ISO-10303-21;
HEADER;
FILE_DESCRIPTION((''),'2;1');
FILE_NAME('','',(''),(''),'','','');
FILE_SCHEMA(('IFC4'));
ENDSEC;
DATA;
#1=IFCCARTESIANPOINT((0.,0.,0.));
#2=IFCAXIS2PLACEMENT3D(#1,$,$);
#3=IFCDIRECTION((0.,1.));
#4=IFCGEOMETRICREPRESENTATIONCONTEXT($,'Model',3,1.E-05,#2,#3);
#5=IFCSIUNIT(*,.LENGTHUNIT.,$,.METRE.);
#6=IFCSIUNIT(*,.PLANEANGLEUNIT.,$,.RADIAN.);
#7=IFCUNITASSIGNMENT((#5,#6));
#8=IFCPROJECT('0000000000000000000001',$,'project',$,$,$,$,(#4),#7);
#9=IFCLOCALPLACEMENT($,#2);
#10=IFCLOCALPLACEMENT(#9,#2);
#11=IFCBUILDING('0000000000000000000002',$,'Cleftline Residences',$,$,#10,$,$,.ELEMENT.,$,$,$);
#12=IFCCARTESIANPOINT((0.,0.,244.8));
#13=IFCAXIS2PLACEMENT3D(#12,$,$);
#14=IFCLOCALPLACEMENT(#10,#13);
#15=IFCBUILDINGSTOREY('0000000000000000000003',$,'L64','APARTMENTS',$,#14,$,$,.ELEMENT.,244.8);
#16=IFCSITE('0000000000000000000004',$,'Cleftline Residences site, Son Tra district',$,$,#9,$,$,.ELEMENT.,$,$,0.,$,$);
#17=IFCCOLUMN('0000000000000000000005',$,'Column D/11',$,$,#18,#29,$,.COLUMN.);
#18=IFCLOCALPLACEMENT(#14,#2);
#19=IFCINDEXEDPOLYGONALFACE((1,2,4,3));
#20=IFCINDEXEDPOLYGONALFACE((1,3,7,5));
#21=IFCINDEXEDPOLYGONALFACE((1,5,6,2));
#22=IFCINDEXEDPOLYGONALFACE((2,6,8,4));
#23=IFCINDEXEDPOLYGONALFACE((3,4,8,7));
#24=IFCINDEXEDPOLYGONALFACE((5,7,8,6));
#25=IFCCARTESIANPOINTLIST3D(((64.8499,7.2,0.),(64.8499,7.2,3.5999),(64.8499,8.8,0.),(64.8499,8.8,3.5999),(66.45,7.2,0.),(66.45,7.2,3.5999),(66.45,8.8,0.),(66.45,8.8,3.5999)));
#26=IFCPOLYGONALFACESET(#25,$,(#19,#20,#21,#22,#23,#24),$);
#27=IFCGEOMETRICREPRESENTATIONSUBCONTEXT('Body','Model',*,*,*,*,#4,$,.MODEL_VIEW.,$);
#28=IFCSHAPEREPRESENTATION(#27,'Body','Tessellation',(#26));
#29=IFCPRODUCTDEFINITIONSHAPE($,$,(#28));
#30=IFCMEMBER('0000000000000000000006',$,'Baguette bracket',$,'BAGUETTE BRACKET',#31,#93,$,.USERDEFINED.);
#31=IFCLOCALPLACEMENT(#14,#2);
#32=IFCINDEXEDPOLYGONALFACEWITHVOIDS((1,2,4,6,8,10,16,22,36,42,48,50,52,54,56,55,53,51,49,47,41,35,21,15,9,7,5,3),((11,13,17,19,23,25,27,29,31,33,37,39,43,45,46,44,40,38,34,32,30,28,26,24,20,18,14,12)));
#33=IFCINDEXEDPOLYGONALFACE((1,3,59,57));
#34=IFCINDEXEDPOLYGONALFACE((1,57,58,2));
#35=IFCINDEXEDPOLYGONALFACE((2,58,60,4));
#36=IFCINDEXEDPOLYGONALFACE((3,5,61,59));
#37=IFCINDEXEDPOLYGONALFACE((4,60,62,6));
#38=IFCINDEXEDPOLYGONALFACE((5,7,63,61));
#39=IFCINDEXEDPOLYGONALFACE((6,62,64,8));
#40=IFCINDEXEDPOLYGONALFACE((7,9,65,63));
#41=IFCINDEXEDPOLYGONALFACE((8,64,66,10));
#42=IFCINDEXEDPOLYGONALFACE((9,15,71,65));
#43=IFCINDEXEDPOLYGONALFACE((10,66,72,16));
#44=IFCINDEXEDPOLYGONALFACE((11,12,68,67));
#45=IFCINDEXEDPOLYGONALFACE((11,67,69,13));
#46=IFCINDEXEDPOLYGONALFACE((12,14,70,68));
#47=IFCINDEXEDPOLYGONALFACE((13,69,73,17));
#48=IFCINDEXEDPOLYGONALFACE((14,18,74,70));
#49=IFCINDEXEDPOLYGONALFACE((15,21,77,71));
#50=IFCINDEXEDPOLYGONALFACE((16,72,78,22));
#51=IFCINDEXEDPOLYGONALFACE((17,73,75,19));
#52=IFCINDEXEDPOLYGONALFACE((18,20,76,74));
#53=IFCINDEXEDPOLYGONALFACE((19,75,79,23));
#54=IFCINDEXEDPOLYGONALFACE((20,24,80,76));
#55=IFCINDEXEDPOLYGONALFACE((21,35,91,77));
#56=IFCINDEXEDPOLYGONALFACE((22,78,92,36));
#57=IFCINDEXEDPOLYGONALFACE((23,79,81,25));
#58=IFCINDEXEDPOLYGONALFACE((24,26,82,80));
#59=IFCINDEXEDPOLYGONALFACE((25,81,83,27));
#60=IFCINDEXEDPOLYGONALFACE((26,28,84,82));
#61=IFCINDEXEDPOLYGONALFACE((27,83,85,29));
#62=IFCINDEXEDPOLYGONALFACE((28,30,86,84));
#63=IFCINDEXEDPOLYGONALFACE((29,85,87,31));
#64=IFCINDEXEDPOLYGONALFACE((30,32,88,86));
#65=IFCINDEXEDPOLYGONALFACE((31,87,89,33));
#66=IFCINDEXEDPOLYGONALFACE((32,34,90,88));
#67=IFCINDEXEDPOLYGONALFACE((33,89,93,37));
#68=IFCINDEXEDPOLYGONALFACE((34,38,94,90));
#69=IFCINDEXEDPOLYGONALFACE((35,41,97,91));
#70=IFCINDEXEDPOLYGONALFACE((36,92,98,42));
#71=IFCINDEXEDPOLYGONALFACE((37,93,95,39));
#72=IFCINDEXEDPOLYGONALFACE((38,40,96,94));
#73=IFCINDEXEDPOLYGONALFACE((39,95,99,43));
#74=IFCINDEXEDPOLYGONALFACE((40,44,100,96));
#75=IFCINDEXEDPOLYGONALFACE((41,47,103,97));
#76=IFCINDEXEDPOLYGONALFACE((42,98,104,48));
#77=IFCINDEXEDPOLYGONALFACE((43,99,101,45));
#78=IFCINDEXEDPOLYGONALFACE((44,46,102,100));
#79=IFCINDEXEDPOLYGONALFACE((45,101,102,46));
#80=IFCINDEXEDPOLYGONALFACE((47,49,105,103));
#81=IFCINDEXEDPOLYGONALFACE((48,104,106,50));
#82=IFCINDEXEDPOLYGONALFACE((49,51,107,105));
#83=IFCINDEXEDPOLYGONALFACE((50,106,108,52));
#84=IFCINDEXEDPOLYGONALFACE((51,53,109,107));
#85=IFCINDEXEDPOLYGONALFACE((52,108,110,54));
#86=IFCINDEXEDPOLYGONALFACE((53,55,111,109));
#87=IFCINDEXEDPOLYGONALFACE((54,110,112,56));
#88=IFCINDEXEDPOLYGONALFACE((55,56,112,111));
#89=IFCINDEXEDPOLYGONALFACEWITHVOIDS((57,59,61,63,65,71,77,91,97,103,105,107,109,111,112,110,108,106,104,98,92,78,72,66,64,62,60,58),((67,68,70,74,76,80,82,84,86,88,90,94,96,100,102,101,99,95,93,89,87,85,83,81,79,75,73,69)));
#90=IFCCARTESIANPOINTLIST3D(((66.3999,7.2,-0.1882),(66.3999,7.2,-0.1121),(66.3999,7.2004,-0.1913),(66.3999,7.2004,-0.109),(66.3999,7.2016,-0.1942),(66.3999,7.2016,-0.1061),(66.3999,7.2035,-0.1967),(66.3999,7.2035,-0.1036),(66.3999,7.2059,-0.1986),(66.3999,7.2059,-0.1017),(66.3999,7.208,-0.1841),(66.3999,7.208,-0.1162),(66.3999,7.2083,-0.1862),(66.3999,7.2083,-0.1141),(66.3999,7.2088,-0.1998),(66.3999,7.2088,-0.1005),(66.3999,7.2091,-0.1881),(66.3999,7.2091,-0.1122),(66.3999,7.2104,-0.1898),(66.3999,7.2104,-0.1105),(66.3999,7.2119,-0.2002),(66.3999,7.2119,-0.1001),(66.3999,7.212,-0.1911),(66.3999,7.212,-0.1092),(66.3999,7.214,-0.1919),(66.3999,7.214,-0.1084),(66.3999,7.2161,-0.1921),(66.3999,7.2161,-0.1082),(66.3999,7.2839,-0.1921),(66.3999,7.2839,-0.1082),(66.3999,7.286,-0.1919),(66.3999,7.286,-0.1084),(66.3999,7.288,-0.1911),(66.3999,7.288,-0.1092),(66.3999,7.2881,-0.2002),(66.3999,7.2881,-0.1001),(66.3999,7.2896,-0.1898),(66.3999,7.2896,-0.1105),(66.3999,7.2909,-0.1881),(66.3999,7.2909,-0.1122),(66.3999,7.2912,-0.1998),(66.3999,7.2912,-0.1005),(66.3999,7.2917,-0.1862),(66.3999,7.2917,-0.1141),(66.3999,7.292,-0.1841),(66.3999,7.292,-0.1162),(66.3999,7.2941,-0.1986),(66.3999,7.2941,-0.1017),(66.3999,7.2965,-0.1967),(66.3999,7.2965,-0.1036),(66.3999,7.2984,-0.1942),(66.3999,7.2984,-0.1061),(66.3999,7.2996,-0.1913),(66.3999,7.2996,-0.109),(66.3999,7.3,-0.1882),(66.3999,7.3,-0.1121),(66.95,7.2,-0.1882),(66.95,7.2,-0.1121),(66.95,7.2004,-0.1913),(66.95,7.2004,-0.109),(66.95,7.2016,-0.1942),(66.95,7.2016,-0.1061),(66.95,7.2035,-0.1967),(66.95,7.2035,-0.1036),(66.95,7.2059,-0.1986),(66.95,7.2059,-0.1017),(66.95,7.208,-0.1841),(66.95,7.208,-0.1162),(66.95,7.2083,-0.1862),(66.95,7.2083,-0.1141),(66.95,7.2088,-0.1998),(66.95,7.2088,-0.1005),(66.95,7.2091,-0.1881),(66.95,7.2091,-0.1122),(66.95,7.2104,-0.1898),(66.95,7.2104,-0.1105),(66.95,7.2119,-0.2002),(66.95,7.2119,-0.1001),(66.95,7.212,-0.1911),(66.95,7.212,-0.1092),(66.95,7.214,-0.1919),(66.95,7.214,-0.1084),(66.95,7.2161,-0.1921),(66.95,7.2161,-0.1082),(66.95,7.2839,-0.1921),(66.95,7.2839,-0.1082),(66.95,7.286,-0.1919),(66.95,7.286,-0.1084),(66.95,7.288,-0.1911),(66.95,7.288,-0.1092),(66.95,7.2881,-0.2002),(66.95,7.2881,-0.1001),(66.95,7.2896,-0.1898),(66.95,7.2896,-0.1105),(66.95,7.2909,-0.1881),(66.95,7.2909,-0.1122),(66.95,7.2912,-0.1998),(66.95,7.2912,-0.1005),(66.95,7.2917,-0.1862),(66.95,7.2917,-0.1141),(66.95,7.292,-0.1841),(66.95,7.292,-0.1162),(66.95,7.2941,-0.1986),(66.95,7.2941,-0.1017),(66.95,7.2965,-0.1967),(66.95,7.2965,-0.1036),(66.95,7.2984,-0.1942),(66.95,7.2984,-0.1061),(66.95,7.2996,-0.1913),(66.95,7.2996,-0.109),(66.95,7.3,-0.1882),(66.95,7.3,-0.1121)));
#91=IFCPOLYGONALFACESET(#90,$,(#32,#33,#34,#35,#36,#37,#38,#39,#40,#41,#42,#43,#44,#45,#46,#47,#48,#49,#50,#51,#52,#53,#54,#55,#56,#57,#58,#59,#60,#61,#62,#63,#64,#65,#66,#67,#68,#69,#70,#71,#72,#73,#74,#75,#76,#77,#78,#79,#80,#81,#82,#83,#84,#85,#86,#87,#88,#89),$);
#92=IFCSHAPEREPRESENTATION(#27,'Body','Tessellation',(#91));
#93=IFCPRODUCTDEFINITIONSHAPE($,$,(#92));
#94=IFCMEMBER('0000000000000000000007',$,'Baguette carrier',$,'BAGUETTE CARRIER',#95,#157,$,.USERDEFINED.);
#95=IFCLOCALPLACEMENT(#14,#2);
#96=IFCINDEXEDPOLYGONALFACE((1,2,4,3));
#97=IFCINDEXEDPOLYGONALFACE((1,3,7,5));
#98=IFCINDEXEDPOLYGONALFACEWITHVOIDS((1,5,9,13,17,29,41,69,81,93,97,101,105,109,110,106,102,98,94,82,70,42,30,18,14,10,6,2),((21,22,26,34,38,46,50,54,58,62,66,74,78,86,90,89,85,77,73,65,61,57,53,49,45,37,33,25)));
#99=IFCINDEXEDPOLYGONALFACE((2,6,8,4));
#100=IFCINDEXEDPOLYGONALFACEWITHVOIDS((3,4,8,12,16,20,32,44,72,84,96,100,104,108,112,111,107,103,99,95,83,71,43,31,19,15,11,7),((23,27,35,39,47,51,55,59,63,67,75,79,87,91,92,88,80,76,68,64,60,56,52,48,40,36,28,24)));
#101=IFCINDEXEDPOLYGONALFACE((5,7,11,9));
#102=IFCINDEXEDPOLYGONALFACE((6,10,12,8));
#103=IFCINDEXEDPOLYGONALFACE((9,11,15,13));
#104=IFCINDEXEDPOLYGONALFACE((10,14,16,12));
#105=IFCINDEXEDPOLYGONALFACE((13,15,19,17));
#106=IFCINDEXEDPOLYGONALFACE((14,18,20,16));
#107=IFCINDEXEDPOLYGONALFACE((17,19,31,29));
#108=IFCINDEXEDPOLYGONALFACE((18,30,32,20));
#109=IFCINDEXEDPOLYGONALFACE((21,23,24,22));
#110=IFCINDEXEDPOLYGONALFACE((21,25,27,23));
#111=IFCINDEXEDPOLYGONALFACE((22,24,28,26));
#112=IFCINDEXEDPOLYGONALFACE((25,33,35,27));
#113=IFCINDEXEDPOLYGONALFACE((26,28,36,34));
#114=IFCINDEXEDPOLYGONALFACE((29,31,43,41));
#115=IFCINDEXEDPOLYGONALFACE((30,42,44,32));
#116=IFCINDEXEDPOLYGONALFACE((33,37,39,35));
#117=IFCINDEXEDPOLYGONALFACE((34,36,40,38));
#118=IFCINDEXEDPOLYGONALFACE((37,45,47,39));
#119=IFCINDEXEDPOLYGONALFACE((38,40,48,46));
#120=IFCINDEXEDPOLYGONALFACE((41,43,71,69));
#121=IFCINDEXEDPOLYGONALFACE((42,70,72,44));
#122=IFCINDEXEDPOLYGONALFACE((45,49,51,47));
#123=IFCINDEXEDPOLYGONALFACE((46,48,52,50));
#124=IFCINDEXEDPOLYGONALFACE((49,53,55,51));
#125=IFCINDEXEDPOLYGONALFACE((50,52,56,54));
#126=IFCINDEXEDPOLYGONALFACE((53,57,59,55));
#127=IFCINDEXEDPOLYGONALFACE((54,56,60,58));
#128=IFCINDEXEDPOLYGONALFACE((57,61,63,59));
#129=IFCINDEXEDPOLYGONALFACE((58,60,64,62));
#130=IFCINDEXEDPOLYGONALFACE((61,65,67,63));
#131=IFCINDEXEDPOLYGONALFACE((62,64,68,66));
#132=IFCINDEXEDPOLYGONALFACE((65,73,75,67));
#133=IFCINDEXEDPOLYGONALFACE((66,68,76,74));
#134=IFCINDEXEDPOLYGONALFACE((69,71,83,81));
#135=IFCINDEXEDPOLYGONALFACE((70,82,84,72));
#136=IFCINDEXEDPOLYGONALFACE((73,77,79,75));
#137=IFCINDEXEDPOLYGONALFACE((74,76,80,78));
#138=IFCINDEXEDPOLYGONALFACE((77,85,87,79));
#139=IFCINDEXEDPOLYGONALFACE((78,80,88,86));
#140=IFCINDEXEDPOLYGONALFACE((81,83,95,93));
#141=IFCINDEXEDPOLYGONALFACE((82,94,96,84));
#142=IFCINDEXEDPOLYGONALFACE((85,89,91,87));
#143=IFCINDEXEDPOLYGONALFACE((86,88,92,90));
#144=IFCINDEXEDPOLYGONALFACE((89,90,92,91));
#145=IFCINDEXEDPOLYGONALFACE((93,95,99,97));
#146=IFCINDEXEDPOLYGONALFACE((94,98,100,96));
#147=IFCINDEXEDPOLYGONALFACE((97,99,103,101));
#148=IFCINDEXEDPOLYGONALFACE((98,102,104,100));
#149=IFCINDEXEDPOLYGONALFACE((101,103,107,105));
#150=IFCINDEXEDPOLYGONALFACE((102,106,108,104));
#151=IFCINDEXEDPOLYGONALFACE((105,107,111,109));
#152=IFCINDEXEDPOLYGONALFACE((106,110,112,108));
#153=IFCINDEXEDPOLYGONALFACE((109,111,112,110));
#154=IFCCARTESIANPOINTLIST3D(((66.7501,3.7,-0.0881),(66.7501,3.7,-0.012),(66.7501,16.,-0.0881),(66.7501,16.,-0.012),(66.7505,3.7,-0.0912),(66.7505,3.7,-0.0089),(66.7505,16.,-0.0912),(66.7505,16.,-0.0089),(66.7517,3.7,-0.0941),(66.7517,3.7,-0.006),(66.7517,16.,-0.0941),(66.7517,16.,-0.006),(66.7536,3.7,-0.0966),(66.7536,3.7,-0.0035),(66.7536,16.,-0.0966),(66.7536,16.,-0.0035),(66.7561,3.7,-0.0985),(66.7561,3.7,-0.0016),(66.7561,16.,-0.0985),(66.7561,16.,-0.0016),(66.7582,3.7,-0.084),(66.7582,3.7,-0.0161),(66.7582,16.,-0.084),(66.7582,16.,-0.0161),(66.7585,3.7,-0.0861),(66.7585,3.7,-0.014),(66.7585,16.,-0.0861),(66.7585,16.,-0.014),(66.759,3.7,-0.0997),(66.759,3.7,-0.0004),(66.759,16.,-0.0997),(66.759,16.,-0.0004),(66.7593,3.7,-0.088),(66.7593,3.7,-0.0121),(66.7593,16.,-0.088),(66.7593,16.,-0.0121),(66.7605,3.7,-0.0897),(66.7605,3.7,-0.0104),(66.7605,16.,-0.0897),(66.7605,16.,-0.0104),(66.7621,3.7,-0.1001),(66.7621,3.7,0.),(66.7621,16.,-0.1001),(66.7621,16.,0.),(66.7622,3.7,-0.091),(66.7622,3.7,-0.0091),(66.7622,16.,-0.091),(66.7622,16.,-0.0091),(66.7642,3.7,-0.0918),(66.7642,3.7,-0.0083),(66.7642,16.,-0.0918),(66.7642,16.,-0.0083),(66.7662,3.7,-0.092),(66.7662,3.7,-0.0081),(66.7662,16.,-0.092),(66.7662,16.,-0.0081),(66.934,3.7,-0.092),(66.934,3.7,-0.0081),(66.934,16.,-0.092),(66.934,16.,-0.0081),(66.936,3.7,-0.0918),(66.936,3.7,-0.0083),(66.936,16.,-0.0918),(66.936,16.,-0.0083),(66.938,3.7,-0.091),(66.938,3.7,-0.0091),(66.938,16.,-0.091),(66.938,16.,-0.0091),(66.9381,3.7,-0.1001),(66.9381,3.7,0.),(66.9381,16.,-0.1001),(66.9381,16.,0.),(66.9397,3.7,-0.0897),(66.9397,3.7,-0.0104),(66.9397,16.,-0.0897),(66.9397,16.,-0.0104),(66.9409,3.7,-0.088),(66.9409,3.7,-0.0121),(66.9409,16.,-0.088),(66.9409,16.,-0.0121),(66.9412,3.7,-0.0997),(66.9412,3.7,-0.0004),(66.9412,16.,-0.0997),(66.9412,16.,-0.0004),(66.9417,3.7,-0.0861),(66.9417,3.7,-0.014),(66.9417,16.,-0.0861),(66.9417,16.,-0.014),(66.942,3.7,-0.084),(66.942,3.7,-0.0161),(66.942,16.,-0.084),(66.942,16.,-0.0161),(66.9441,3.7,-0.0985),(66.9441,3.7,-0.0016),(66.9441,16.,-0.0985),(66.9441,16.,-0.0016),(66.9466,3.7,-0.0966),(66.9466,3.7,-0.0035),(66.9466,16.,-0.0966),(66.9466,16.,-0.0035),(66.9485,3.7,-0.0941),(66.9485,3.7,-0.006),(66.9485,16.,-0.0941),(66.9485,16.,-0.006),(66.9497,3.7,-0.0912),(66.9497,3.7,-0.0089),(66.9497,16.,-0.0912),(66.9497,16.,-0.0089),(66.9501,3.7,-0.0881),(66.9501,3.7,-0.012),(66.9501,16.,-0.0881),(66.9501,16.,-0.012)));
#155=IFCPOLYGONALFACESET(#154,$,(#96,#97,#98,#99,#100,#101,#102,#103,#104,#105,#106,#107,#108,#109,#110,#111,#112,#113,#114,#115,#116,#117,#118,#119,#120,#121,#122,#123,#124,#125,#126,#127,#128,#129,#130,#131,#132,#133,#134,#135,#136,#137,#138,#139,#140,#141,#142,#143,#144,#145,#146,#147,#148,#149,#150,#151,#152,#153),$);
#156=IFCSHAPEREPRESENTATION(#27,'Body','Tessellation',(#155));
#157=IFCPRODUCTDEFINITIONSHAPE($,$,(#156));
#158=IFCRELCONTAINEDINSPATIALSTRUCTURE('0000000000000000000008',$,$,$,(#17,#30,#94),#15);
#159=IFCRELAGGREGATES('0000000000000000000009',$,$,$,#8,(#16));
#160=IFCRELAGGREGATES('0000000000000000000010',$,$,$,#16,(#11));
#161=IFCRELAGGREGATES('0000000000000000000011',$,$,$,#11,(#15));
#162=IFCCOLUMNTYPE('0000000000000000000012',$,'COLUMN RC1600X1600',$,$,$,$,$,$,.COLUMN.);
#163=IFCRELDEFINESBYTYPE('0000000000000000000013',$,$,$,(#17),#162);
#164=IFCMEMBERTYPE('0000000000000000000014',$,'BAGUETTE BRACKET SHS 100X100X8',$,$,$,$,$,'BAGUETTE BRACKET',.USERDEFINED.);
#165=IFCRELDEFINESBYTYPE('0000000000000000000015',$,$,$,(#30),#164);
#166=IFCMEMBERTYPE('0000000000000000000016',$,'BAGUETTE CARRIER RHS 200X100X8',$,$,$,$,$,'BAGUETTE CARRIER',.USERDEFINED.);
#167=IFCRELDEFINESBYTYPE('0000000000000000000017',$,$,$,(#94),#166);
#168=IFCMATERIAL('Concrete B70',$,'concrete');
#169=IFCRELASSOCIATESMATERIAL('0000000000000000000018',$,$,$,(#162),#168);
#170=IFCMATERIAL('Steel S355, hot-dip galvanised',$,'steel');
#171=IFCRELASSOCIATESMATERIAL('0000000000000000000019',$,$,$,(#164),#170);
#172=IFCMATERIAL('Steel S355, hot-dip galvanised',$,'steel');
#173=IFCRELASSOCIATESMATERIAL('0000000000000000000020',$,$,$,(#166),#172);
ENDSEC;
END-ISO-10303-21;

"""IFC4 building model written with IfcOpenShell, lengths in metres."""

from ifc_helpers import new_model, si_unit, direction, frame, origin, origin_2d, place, context, subcontext, project, spatial, rectangle, hollow_rectangle, extrude, material, material_profile, profile_set, type_object, element, save


model = new_model("IFC4")

# Units and contexts
model_context = context("Model", 3, precision=1e-05, world=origin(), true_north=direction((0.0, 1.0)))
body_context = subcontext(model_context, "Body", "Model", "MODEL_VIEW")
ifc_project = project(units=[si_unit("LENGTHUNIT", "METRE"), si_unit("PLANEANGLEUNIT", "RADIAN")], contexts=[model_context])

# Site, building, storey
site_placement = place(None, origin())
site = spatial("IfcSite", under=ifc_project, at=site_placement, Name="Cleftline Residences site, Son Tra district", CompositionType="ELEMENT", RefElevation=0.0)
building_placement = place(site_placement, origin())
building = spatial("IfcBuilding", under=site, at=building_placement, Name="Cleftline Residences", CompositionType="ELEMENT")
storey_placement = place(building_placement, frame((0.0, 0.0, 244.8)))
storey = spatial("IfcBuildingStorey", under=building, at=storey_placement, Name="L64", Description="APARTMENTS", CompositionType="ELEMENT", Elevation=244.8)

# Column
ifc_material_1 = material(Name="Concrete B70", Category="concrete")
ifc_material_profile_1 = material_profile(ifc_material_1, rectangle(XDim=1.6001, YDim=1.6001, at=origin_2d()))
ifc_profile_set_1 = profile_set([ifc_material_profile_1], Name="Concrete B70")
column_type = type_object("IfcColumnType", Name="COLUMN RC1600X1600", PredefinedType="COLUMN", material=ifc_profile_set_1)
column_placement = place(storey_placement, frame((65.6499, 8.0, 0.0), z_axis=(0.0, 0.0, 1.0), x_axis=(1.0, 0.0, 0.0)))
element("IfcColumn", 1, at=column_placement, inside=storey, type_object=column_type, Name="Column D/11", PredefinedType="COLUMN", context=body_context, shape_type="SweptSolid", body=[
    extrude(rectangle(XDim=1.6001, YDim=1.6001, at=origin_2d()), origin(), (0.0, 0.0, 1.0), 3.5999),
])

# Members
ifc_material_2 = material(Name="Steel S355, hot-dip galvanised", Category="steel")
ifc_material_profile_2 = material_profile(ifc_material_2, hollow_rectangle(XDim=0.1001, YDim=0.1001, WallThickness=0.0081, InnerFilletRadius=0.0081, OuterFilletRadius=0.012, at=origin_2d()))
ifc_profile_set_2 = profile_set([ifc_material_profile_2], Name="Steel S355, hot-dip galvanised")
member_type_1 = type_object("IfcMemberType", Name="BAGUETTE BRACKET SHS 100X100X8", ElementType="BAGUETTE BRACKET", PredefinedType="USERDEFINED", material=ifc_profile_set_2)
member_1_placement = place(storey_placement, frame((66.3999, 7.25, -0.1501), z_axis=(1.0, 0.0, 0.0), x_axis=(0.0, 1.0, 0.0)))
element("IfcMember", 2, at=member_1_placement, inside=storey, type_object=member_type_1, Name="Baguette bracket", ObjectType="BAGUETTE BRACKET", PredefinedType="USERDEFINED", context=body_context, shape_type="SweptSolid", body=[
    extrude(hollow_rectangle(XDim=0.1001, YDim=0.1001, WallThickness=0.0081, InnerFilletRadius=0.0081, OuterFilletRadius=0.012, at=origin_2d()), origin(), (0.0, 0.0, 1.0), 0.55),
])
ifc_material_3 = material(Name="Steel S355, hot-dip galvanised", Category="steel")
ifc_material_profile_3 = material_profile(ifc_material_3, hollow_rectangle(XDim=0.1001, YDim=0.2, WallThickness=0.0081, InnerFilletRadius=0.0081, OuterFilletRadius=0.012, at=origin_2d()))
ifc_profile_set_3 = profile_set([ifc_material_profile_3], Name="Steel S355, hot-dip galvanised")
member_type_2 = type_object("IfcMemberType", Name="BAGUETTE CARRIER RHS 200X100X8", ElementType="BAGUETTE CARRIER", PredefinedType="USERDEFINED", material=ifc_profile_set_3)
member_2_placement = place(storey_placement, frame((66.8501, 3.7, -0.05), z_axis=(0.0, 1.0, 0.0), x_axis=(0.0, 0.0, 1.0)))
element("IfcMember", 3, at=member_2_placement, inside=storey, type_object=member_type_2, Name="Baguette carrier", ObjectType="BAGUETTE CARRIER", PredefinedType="USERDEFINED", context=body_context, shape_type="SweptSolid", body=[
    extrude(hollow_rectangle(XDim=0.1001, YDim=0.2, WallThickness=0.0081, InnerFilletRadius=0.0081, OuterFilletRadius=0.012, at=origin_2d()), origin(), (0.0, 0.0, 1.0), 12.3),
])

save(model, "model.ifc")
